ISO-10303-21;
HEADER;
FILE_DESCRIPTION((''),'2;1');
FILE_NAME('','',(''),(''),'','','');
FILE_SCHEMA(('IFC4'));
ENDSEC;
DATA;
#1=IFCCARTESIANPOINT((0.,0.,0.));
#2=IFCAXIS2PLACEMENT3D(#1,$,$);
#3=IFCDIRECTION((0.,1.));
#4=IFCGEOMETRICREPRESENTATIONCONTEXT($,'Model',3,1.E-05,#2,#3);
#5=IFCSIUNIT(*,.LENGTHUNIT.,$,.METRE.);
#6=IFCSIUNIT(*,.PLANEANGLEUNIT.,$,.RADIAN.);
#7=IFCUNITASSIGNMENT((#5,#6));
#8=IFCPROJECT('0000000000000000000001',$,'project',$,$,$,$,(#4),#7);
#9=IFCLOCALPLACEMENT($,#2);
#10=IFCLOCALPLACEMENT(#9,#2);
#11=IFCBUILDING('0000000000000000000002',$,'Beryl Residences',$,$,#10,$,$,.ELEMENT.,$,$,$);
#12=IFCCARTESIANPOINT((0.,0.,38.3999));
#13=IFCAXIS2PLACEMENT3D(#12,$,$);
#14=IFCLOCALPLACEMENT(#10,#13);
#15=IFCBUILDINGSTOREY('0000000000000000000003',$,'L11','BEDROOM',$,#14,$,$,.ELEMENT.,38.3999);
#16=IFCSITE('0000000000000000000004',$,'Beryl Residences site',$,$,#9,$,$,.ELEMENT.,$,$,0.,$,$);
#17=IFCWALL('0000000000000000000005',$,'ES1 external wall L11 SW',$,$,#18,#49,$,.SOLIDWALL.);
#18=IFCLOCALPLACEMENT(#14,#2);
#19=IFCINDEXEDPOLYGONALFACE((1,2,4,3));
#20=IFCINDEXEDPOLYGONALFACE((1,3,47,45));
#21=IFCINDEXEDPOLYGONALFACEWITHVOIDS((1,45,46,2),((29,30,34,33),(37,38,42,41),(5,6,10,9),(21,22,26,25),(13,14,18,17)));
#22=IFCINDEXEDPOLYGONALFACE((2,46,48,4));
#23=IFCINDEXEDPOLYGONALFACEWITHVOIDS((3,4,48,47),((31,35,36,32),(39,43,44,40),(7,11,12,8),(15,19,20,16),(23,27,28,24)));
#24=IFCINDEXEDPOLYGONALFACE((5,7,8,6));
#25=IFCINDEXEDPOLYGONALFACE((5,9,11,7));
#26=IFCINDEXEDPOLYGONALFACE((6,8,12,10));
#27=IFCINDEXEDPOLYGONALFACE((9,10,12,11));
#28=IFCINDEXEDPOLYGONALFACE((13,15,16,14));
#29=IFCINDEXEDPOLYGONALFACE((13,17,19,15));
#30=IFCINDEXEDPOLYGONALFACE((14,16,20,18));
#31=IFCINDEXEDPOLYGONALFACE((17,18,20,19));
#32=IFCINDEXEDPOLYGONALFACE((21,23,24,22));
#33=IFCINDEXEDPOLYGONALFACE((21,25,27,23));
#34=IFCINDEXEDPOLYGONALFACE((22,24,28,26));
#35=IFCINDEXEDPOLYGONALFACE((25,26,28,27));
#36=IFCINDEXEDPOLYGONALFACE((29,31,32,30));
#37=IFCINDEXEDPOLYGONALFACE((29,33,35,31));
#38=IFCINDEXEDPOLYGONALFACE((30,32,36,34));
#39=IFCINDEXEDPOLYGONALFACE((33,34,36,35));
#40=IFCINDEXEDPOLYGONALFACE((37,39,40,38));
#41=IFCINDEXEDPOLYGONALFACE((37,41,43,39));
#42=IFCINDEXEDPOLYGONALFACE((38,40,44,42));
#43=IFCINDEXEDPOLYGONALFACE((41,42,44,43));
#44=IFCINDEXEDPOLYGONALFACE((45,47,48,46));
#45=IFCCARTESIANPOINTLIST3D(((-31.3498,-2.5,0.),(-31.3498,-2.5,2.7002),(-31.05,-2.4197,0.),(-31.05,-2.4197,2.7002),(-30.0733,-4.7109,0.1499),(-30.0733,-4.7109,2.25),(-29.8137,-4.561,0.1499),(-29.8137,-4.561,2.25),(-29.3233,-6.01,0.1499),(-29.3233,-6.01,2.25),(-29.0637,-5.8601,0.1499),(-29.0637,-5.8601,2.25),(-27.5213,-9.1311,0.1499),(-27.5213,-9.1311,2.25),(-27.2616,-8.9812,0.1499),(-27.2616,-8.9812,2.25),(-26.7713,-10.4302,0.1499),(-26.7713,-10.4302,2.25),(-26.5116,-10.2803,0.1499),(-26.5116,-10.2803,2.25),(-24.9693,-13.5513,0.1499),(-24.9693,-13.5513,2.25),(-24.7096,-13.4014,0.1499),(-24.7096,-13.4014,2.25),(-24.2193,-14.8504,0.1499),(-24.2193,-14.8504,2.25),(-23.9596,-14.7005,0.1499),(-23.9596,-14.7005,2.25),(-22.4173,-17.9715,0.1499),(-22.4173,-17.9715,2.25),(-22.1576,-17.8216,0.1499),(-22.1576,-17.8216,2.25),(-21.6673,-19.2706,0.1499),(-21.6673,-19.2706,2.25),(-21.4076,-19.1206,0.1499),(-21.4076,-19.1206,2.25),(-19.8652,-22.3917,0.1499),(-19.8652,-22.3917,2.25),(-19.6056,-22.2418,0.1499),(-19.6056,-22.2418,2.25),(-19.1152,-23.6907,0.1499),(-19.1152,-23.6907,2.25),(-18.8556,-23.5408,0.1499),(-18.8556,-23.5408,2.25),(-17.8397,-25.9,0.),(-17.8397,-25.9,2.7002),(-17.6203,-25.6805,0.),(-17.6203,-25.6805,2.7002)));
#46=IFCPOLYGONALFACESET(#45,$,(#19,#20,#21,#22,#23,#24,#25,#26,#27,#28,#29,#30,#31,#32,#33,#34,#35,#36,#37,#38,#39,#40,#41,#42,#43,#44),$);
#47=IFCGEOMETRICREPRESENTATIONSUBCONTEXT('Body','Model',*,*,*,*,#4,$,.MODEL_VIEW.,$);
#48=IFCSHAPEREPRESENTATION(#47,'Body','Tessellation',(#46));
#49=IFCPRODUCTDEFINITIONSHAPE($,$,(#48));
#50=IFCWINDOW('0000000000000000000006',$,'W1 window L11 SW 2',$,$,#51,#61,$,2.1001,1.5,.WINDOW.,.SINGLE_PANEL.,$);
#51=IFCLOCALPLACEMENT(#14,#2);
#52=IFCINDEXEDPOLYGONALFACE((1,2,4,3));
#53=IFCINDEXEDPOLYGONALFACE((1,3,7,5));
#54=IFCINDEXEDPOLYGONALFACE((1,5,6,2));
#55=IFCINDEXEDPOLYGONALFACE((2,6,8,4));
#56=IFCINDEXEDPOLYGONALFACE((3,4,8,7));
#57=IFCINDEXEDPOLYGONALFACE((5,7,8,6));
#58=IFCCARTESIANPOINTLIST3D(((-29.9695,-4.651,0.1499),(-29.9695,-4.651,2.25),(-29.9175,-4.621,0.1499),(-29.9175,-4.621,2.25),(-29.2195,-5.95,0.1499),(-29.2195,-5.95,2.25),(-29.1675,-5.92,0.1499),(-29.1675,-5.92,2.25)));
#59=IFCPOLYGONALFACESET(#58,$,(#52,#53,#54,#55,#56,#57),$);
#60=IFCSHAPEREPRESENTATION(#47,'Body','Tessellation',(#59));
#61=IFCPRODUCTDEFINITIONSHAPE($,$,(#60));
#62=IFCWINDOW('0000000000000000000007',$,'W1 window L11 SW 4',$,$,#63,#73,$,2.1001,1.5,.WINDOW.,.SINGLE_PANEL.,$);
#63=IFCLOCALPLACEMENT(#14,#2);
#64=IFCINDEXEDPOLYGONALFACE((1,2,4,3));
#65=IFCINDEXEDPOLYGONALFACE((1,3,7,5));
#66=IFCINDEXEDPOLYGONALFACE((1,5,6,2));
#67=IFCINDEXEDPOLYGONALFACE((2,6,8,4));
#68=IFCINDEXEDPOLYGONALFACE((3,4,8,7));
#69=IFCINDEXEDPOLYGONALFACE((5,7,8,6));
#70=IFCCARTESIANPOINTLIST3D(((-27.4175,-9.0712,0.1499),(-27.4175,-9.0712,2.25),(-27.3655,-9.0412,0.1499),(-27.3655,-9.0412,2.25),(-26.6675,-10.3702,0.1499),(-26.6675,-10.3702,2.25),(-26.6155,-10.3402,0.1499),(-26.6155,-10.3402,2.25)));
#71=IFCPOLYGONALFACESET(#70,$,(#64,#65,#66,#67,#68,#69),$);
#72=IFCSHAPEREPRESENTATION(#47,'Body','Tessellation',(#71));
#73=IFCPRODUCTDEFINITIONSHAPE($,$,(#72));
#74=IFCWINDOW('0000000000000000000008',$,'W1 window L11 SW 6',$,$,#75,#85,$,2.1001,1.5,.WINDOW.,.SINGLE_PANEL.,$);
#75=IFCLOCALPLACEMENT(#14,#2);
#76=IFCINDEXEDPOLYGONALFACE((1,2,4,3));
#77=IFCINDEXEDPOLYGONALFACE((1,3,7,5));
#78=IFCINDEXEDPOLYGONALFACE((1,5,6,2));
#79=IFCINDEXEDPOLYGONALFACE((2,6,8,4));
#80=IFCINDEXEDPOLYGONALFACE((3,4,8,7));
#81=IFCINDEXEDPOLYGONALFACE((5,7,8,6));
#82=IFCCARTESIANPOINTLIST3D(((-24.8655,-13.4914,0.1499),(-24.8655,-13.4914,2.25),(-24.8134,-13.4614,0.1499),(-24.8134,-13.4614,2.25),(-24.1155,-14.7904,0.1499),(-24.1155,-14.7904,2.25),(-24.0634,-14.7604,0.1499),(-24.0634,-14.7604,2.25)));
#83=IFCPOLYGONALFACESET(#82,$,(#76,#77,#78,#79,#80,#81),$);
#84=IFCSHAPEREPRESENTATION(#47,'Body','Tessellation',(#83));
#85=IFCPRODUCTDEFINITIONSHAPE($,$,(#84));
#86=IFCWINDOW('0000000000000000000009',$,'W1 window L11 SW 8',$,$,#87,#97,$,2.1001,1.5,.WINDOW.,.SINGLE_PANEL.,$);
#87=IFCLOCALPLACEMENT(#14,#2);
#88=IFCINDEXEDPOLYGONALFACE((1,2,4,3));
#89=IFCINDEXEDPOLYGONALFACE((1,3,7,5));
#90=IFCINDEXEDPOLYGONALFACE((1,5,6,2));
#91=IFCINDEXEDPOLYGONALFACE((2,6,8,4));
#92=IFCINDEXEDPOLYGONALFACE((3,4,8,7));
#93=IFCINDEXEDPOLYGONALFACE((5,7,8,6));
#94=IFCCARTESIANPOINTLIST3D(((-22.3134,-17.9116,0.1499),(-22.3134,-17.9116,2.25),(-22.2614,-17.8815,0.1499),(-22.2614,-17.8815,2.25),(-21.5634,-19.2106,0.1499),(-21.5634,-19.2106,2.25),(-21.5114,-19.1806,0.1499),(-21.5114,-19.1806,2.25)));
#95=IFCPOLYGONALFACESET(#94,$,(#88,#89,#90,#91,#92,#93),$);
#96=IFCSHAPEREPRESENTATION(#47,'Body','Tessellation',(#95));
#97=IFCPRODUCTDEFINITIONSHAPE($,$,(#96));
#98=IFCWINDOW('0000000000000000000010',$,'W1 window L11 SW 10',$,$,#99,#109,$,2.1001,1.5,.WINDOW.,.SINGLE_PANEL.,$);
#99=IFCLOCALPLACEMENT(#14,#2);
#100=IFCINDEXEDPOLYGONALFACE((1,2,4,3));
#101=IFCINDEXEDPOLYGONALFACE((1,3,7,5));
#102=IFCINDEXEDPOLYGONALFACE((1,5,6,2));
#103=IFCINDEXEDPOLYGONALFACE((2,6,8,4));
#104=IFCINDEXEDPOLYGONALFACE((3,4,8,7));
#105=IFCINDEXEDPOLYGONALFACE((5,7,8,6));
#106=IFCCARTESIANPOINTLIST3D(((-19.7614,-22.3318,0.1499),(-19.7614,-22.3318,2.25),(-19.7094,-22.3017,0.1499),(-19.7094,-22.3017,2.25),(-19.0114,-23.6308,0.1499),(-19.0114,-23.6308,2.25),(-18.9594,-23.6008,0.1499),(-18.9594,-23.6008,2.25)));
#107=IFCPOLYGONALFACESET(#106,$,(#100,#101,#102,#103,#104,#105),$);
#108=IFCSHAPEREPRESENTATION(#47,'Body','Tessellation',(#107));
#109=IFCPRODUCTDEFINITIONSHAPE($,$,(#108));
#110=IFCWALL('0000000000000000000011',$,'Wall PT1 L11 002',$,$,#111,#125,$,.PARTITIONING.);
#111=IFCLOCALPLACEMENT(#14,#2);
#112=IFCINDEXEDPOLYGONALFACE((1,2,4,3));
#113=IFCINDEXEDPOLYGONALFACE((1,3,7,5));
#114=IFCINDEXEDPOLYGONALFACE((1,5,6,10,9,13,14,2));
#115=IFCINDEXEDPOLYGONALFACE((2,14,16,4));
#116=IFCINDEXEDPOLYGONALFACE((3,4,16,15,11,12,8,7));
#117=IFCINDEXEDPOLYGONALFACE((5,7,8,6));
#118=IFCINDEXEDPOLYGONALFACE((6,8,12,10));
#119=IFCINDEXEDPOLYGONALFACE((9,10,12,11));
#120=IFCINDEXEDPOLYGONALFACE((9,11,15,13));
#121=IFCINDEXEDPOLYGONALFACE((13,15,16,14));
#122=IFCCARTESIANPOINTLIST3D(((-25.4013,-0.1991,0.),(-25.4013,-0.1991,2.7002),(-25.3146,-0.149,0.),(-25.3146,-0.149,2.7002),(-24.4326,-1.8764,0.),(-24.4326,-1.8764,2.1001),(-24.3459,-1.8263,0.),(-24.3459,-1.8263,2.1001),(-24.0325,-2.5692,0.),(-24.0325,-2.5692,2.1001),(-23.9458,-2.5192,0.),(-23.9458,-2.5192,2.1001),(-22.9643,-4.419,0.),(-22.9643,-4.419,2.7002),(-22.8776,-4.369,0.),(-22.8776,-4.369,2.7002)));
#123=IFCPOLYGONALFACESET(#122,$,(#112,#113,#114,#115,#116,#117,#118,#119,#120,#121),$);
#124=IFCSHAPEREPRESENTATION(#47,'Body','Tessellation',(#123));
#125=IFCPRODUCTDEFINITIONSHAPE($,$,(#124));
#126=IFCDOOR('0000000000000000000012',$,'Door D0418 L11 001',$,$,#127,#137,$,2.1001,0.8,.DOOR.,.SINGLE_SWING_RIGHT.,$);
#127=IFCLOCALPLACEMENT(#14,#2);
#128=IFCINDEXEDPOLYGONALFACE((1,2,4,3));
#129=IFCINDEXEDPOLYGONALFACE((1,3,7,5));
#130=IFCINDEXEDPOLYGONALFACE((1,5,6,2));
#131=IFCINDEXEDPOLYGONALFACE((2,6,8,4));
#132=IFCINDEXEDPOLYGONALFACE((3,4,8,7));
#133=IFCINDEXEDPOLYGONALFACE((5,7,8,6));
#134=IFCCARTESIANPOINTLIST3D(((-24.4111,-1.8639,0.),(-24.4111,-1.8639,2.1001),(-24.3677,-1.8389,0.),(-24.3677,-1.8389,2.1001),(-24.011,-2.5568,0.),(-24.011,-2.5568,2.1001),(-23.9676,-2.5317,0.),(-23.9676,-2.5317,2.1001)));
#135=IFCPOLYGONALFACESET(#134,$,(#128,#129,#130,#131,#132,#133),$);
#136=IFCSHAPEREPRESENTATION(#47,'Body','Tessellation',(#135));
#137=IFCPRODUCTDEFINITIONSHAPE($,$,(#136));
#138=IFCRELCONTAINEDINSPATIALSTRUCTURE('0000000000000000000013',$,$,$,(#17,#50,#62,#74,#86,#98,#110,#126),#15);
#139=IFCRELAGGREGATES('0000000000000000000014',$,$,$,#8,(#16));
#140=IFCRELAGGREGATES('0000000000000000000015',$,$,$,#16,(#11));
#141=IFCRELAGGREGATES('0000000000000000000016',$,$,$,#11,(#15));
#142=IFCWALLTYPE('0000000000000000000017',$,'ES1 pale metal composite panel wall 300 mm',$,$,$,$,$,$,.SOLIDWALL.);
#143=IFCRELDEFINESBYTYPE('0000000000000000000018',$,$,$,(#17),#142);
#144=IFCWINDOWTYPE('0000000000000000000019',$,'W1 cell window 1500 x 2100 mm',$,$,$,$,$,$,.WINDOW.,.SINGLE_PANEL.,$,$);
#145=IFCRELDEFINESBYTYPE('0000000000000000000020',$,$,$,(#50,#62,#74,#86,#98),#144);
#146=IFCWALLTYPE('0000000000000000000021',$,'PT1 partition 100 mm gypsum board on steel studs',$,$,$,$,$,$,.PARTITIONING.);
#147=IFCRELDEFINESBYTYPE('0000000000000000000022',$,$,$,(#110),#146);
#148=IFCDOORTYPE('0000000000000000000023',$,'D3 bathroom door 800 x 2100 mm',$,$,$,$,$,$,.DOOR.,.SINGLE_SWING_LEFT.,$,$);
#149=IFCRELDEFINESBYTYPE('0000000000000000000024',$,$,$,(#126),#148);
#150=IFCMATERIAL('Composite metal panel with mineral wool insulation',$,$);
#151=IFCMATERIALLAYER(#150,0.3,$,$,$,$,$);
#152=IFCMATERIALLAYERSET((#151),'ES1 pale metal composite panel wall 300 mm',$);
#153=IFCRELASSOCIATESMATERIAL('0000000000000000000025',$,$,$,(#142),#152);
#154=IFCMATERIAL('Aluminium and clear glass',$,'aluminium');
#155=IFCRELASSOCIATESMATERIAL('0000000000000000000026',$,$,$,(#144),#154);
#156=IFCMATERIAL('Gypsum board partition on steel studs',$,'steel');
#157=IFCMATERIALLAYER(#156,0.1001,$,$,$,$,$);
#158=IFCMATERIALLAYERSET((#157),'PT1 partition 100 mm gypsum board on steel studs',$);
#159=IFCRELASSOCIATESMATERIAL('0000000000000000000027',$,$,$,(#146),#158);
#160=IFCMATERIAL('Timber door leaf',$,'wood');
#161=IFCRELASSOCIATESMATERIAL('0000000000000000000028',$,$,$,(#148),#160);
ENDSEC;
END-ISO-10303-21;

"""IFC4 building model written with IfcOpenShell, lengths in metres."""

from ifc_helpers import new_model, si_unit, direction, frame, frame_2d, origin, place, context, subcontext, project, spatial, polyline, rectangle, outline, extrude, material, layer, layer_set, type_object, element, fill, save


model = new_model("IFC4")

# Units and contexts
model_context = context("Model", 3, precision=1e-05, world=origin(), true_north=direction((0.0, 1.0)))
body_context = subcontext(model_context, "Body", "Model", "MODEL_VIEW")
ifc_project = project(units=[si_unit("LENGTHUNIT", "METRE"), si_unit("PLANEANGLEUNIT", "RADIAN")], contexts=[model_context])

# Site, building, storey
site_placement = place(None, origin())
site = spatial("IfcSite", under=ifc_project, at=site_placement, Name="Beryl Residences site", CompositionType="ELEMENT", RefElevation=0.0)
building_placement = place(site_placement, origin())
building = spatial("IfcBuilding", under=site, at=building_placement, Name="Beryl Residences", CompositionType="ELEMENT")
storey_placement = place(building_placement, frame((0.0, 0.0, 38.3999)))
storey = spatial("IfcBuildingStorey", under=building, at=storey_placement, Name="L11", Description="BEDROOM", CompositionType="ELEMENT", Elevation=38.3999)

# Shared definitions
ifc_material_1 = material(Name="Composite metal panel with mineral wool insulation")
ifc_layer_1 = layer(ifc_material_1, 0.3)
ifc_layer_set_1 = layer_set([ifc_layer_1], Name="ES1 pale metal composite panel wall 300 mm")
wall_type_1 = type_object("IfcWallType", Name="ES1 pale metal composite panel wall 300 mm", PredefinedType="SOLIDWALL", material=ifc_layer_set_1)

# Wall, openings, windows
wall_1_placement = place(storey_placement, frame((-31.22, -2.425, 0.0), z_axis=(0.0, 0.0, 1.0), x_axis=(0.500002, -0.866024, 0.0)))
wall_1 = element("IfcWall", 1, at=wall_1_placement, inside=storey, type_object=wall_type_1, Name="ES1 external wall L11 SW", PredefinedType="SOLIDWALL", context=body_context, shape_type="SweptSolid", body=[
    extrude(outline(polyline([(0.0, -0.1499), (27.02, -0.1499), (26.9397, 0.1499), (0.0803, 0.1499), (0.0, -0.1499)])), origin(), (0.0, 0.0, 1.0), 2.7002),
])
opening_1_placement = place(wall_1_placement, frame((2.553, 0.0, 0.1499)))
opening_1 = element("IfcOpeningElement", 2, at=opening_1_placement, cuts=wall_1, PredefinedType="OPENING", context=body_context, shape_type="SweptSolid", body=[
    extrude(rectangle(XDim=1.5, YDim=2.1001, at=frame_2d((0.75, 1.05))), frame((0.0, 0.1599, 0.0), z_axis=(0.0, -1.0, 0.0), x_axis=(1.0, 0.0, 0.0)), (0.0, 0.0, 1.0), 0.3201),
])
opening_2_placement = place(wall_1_placement, frame((7.657, 0.0, 0.1499)))
opening_2 = element("IfcOpeningElement", 3, at=opening_2_placement, cuts=wall_1, PredefinedType="OPENING", context=body_context, shape_type="SweptSolid", body=[
    extrude(rectangle(XDim=1.5, YDim=2.1001, at=frame_2d((0.75, 1.05))), frame((0.0, 0.1599, 0.0), z_axis=(0.0, -1.0, 0.0), x_axis=(1.0, 0.0, 0.0)), (0.0, 0.0, 1.0), 0.3201),
])
opening_3_placement = place(wall_1_placement, frame((12.761, 0.0, 0.1499)))
opening_3 = element("IfcOpeningElement", 4, at=opening_3_placement, cuts=wall_1, PredefinedType="OPENING", context=body_context, shape_type="SweptSolid", body=[
    extrude(rectangle(XDim=1.5, YDim=2.1001, at=frame_2d((0.75, 1.05))), frame((0.0, 0.1599, 0.0), z_axis=(0.0, -1.0, 0.0), x_axis=(1.0, 0.0, 0.0)), (0.0, 0.0, 1.0), 0.3201),
])
opening_4_placement = place(wall_1_placement, frame((17.865, 0.0, 0.1499)))
opening_4 = element("IfcOpeningElement", 5, at=opening_4_placement, cuts=wall_1, PredefinedType="OPENING", context=body_context, shape_type="SweptSolid", body=[
    extrude(rectangle(XDim=1.5, YDim=2.1001, at=frame_2d((0.75, 1.05))), frame((0.0, 0.1599, 0.0), z_axis=(0.0, -1.0, 0.0), x_axis=(1.0, 0.0, 0.0)), (0.0, 0.0, 1.0), 0.3201),
])
opening_5_placement = place(wall_1_placement, frame((22.969, 0.0, 0.1499)))
opening_5 = element("IfcOpeningElement", 6, at=opening_5_placement, cuts=wall_1, PredefinedType="OPENING", context=body_context, shape_type="SweptSolid", body=[
    extrude(rectangle(XDim=1.5, YDim=2.1001, at=frame_2d((0.75, 1.05))), frame((0.0, 0.1599, 0.0), z_axis=(0.0, -1.0, 0.0), x_axis=(1.0, 0.0, 0.0)), (0.0, 0.0, 1.0), 0.3201),
])
ifc_material_2 = material(Name="Aluminium and clear glass", Category="aluminium")
window_type_1 = type_object("IfcWindowType", Name="W1 cell window 1500 x 2100 mm", PartitioningType="SINGLE_PANEL", PredefinedType="WINDOW", material=ifc_material_2)
window_1_placement = place(opening_1_placement, origin())
window_1 = element("IfcWindow", 7, at=window_1_placement, inside=storey, type_object=window_type_1, Name="W1 window L11 SW 2", OverallHeight=2.1001, OverallWidth=1.5, PartitioningType="SINGLE_PANEL", PredefinedType="WINDOW", context=body_context, shape_type="SweptSolid", body=[
    extrude(rectangle(XDim=1.5, YDim=2.1001, at=frame_2d((0.75, 1.05))), frame((0.0, 0.03, 0.0), z_axis=(0.0, -1.0, 0.0), x_axis=(1.0, 0.0, 0.0)), (0.0, 0.0, 1.0), 0.0601),
])
fill(opening_1, window_1)
window_2_placement = place(opening_2_placement, origin())
window_2 = element("IfcWindow", 8, at=window_2_placement, inside=storey, type_object=window_type_1, Name="W1 window L11 SW 4", OverallHeight=2.1001, OverallWidth=1.5, PartitioningType="SINGLE_PANEL", PredefinedType="WINDOW", context=body_context, shape_type="SweptSolid", body=[
    extrude(rectangle(XDim=1.5, YDim=2.1001, at=frame_2d((0.75, 1.05))), frame((0.0, 0.03, 0.0), z_axis=(0.0, -1.0, 0.0), x_axis=(1.0, 0.0, 0.0)), (0.0, 0.0, 1.0), 0.0601),
])
fill(opening_2, window_2)
window_3_placement = place(opening_3_placement, origin())
window_3 = element("IfcWindow", 9, at=window_3_placement, inside=storey, type_object=window_type_1, Name="W1 window L11 SW 6", OverallHeight=2.1001, OverallWidth=1.5, PartitioningType="SINGLE_PANEL", PredefinedType="WINDOW", context=body_context, shape_type="SweptSolid", body=[
    extrude(rectangle(XDim=1.5, YDim=2.1001, at=frame_2d((0.75, 1.05))), frame((0.0, 0.03, 0.0), z_axis=(0.0, -1.0, 0.0), x_axis=(1.0, 0.0, 0.0)), (0.0, 0.0, 1.0), 0.0601),
])
fill(opening_3, window_3)
window_4_placement = place(opening_4_placement, origin())
window_4 = element("IfcWindow", 10, at=window_4_placement, inside=storey, type_object=window_type_1, Name="W1 window L11 SW 8", OverallHeight=2.1001, OverallWidth=1.5, PartitioningType="SINGLE_PANEL", PredefinedType="WINDOW", context=body_context, shape_type="SweptSolid", body=[
    extrude(rectangle(XDim=1.5, YDim=2.1001, at=frame_2d((0.75, 1.05))), frame((0.0, 0.03, 0.0), z_axis=(0.0, -1.0, 0.0), x_axis=(1.0, 0.0, 0.0)), (0.0, 0.0, 1.0), 0.0601),
])
fill(opening_4, window_4)
window_5_placement = place(opening_5_placement, origin())
window_5 = element("IfcWindow", 11, at=window_5_placement, inside=storey, type_object=window_type_1, Name="W1 window L11 SW 10", OverallHeight=2.1001, OverallWidth=1.5, PartitioningType="SINGLE_PANEL", PredefinedType="WINDOW", context=body_context, shape_type="SweptSolid", body=[
    extrude(rectangle(XDim=1.5, YDim=2.1001, at=frame_2d((0.75, 1.05))), frame((0.0, 0.03, 0.0), z_axis=(0.0, -1.0, 0.0), x_axis=(1.0, 0.0, 0.0)), (0.0, 0.0, 1.0), 0.0601),
])
fill(opening_5, window_5)

# Wall, opening, door
ifc_material_3 = material(Name="Gypsum board partition on steel studs", Category="steel")
ifc_layer_2 = layer(ifc_material_3, 0.1001)
ifc_layer_set_2 = layer_set([ifc_layer_2], Name="PT1 partition 100 mm gypsum board on steel studs")
wall_type_2 = type_object("IfcWallType", Name="PT1 partition 100 mm gypsum board on steel studs", PredefinedType="PARTITIONING", material=ifc_layer_set_2)
wall_2_placement = place(storey_placement, frame((-25.3579, -0.1741, 0.0), z_axis=(0.0, 0.0, 1.0), x_axis=(0.500094, -0.865971, 0.0)))
wall_2 = element("IfcWall", 12, at=wall_2_placement, inside=storey, type_object=wall_type_2, Name="Wall PT1 L11 002", PredefinedType="PARTITIONING", context=body_context, shape_type="SweptSolid", body=[
    extrude(rectangle(XDim=4.873, YDim=0.1001, at=frame_2d((2.4365, 0.0))), origin(), (0.0, 0.0, 1.0), 2.7002),
])
opening_6_placement = place(wall_2_placement, frame((1.937, 0.0, 0.0)))
opening_6 = element("IfcOpeningElement", 13, at=opening_6_placement, cuts=wall_2, PredefinedType="OPENING", context=body_context, shape_type="SweptSolid", body=[
    extrude(rectangle(XDim=0.8, YDim=2.1001, at=frame_2d((0.3999, 1.05))), frame((0.0, 0.0601, 0.0), z_axis=(0.0, -1.0, 0.0), x_axis=(1.0, 0.0, 0.0)), (0.0, 0.0, 1.0), 0.1201),
])
ifc_material_4 = material(Name="Timber door leaf", Category="wood")
door_type_1 = type_object("IfcDoorType", Name="D3 bathroom door 800 x 2100 mm", OperationType="SINGLE_SWING_LEFT", PredefinedType="DOOR", material=ifc_material_4)
door_1_placement = place(opening_6_placement, origin())
door_1 = element("IfcDoor", 14, at=door_1_placement, inside=storey, type_object=door_type_1, Name="Door D0418 L11 001", OperationType="SINGLE_SWING_RIGHT", OverallHeight=2.1001, OverallWidth=0.8, PredefinedType="DOOR", context=body_context, shape_type="SweptSolid", body=[
    extrude(rectangle(XDim=0.8, YDim=2.1001, at=frame_2d((0.3999, 1.05))), frame((0.0, 0.0249, 0.0), z_axis=(0.0, -1.0, 0.0), x_axis=(1.0, 0.0, 0.0)), (0.0, 0.0, 1.0), 0.05),
])
fill(opening_6, door_1)

save(model, "model.ifc")
